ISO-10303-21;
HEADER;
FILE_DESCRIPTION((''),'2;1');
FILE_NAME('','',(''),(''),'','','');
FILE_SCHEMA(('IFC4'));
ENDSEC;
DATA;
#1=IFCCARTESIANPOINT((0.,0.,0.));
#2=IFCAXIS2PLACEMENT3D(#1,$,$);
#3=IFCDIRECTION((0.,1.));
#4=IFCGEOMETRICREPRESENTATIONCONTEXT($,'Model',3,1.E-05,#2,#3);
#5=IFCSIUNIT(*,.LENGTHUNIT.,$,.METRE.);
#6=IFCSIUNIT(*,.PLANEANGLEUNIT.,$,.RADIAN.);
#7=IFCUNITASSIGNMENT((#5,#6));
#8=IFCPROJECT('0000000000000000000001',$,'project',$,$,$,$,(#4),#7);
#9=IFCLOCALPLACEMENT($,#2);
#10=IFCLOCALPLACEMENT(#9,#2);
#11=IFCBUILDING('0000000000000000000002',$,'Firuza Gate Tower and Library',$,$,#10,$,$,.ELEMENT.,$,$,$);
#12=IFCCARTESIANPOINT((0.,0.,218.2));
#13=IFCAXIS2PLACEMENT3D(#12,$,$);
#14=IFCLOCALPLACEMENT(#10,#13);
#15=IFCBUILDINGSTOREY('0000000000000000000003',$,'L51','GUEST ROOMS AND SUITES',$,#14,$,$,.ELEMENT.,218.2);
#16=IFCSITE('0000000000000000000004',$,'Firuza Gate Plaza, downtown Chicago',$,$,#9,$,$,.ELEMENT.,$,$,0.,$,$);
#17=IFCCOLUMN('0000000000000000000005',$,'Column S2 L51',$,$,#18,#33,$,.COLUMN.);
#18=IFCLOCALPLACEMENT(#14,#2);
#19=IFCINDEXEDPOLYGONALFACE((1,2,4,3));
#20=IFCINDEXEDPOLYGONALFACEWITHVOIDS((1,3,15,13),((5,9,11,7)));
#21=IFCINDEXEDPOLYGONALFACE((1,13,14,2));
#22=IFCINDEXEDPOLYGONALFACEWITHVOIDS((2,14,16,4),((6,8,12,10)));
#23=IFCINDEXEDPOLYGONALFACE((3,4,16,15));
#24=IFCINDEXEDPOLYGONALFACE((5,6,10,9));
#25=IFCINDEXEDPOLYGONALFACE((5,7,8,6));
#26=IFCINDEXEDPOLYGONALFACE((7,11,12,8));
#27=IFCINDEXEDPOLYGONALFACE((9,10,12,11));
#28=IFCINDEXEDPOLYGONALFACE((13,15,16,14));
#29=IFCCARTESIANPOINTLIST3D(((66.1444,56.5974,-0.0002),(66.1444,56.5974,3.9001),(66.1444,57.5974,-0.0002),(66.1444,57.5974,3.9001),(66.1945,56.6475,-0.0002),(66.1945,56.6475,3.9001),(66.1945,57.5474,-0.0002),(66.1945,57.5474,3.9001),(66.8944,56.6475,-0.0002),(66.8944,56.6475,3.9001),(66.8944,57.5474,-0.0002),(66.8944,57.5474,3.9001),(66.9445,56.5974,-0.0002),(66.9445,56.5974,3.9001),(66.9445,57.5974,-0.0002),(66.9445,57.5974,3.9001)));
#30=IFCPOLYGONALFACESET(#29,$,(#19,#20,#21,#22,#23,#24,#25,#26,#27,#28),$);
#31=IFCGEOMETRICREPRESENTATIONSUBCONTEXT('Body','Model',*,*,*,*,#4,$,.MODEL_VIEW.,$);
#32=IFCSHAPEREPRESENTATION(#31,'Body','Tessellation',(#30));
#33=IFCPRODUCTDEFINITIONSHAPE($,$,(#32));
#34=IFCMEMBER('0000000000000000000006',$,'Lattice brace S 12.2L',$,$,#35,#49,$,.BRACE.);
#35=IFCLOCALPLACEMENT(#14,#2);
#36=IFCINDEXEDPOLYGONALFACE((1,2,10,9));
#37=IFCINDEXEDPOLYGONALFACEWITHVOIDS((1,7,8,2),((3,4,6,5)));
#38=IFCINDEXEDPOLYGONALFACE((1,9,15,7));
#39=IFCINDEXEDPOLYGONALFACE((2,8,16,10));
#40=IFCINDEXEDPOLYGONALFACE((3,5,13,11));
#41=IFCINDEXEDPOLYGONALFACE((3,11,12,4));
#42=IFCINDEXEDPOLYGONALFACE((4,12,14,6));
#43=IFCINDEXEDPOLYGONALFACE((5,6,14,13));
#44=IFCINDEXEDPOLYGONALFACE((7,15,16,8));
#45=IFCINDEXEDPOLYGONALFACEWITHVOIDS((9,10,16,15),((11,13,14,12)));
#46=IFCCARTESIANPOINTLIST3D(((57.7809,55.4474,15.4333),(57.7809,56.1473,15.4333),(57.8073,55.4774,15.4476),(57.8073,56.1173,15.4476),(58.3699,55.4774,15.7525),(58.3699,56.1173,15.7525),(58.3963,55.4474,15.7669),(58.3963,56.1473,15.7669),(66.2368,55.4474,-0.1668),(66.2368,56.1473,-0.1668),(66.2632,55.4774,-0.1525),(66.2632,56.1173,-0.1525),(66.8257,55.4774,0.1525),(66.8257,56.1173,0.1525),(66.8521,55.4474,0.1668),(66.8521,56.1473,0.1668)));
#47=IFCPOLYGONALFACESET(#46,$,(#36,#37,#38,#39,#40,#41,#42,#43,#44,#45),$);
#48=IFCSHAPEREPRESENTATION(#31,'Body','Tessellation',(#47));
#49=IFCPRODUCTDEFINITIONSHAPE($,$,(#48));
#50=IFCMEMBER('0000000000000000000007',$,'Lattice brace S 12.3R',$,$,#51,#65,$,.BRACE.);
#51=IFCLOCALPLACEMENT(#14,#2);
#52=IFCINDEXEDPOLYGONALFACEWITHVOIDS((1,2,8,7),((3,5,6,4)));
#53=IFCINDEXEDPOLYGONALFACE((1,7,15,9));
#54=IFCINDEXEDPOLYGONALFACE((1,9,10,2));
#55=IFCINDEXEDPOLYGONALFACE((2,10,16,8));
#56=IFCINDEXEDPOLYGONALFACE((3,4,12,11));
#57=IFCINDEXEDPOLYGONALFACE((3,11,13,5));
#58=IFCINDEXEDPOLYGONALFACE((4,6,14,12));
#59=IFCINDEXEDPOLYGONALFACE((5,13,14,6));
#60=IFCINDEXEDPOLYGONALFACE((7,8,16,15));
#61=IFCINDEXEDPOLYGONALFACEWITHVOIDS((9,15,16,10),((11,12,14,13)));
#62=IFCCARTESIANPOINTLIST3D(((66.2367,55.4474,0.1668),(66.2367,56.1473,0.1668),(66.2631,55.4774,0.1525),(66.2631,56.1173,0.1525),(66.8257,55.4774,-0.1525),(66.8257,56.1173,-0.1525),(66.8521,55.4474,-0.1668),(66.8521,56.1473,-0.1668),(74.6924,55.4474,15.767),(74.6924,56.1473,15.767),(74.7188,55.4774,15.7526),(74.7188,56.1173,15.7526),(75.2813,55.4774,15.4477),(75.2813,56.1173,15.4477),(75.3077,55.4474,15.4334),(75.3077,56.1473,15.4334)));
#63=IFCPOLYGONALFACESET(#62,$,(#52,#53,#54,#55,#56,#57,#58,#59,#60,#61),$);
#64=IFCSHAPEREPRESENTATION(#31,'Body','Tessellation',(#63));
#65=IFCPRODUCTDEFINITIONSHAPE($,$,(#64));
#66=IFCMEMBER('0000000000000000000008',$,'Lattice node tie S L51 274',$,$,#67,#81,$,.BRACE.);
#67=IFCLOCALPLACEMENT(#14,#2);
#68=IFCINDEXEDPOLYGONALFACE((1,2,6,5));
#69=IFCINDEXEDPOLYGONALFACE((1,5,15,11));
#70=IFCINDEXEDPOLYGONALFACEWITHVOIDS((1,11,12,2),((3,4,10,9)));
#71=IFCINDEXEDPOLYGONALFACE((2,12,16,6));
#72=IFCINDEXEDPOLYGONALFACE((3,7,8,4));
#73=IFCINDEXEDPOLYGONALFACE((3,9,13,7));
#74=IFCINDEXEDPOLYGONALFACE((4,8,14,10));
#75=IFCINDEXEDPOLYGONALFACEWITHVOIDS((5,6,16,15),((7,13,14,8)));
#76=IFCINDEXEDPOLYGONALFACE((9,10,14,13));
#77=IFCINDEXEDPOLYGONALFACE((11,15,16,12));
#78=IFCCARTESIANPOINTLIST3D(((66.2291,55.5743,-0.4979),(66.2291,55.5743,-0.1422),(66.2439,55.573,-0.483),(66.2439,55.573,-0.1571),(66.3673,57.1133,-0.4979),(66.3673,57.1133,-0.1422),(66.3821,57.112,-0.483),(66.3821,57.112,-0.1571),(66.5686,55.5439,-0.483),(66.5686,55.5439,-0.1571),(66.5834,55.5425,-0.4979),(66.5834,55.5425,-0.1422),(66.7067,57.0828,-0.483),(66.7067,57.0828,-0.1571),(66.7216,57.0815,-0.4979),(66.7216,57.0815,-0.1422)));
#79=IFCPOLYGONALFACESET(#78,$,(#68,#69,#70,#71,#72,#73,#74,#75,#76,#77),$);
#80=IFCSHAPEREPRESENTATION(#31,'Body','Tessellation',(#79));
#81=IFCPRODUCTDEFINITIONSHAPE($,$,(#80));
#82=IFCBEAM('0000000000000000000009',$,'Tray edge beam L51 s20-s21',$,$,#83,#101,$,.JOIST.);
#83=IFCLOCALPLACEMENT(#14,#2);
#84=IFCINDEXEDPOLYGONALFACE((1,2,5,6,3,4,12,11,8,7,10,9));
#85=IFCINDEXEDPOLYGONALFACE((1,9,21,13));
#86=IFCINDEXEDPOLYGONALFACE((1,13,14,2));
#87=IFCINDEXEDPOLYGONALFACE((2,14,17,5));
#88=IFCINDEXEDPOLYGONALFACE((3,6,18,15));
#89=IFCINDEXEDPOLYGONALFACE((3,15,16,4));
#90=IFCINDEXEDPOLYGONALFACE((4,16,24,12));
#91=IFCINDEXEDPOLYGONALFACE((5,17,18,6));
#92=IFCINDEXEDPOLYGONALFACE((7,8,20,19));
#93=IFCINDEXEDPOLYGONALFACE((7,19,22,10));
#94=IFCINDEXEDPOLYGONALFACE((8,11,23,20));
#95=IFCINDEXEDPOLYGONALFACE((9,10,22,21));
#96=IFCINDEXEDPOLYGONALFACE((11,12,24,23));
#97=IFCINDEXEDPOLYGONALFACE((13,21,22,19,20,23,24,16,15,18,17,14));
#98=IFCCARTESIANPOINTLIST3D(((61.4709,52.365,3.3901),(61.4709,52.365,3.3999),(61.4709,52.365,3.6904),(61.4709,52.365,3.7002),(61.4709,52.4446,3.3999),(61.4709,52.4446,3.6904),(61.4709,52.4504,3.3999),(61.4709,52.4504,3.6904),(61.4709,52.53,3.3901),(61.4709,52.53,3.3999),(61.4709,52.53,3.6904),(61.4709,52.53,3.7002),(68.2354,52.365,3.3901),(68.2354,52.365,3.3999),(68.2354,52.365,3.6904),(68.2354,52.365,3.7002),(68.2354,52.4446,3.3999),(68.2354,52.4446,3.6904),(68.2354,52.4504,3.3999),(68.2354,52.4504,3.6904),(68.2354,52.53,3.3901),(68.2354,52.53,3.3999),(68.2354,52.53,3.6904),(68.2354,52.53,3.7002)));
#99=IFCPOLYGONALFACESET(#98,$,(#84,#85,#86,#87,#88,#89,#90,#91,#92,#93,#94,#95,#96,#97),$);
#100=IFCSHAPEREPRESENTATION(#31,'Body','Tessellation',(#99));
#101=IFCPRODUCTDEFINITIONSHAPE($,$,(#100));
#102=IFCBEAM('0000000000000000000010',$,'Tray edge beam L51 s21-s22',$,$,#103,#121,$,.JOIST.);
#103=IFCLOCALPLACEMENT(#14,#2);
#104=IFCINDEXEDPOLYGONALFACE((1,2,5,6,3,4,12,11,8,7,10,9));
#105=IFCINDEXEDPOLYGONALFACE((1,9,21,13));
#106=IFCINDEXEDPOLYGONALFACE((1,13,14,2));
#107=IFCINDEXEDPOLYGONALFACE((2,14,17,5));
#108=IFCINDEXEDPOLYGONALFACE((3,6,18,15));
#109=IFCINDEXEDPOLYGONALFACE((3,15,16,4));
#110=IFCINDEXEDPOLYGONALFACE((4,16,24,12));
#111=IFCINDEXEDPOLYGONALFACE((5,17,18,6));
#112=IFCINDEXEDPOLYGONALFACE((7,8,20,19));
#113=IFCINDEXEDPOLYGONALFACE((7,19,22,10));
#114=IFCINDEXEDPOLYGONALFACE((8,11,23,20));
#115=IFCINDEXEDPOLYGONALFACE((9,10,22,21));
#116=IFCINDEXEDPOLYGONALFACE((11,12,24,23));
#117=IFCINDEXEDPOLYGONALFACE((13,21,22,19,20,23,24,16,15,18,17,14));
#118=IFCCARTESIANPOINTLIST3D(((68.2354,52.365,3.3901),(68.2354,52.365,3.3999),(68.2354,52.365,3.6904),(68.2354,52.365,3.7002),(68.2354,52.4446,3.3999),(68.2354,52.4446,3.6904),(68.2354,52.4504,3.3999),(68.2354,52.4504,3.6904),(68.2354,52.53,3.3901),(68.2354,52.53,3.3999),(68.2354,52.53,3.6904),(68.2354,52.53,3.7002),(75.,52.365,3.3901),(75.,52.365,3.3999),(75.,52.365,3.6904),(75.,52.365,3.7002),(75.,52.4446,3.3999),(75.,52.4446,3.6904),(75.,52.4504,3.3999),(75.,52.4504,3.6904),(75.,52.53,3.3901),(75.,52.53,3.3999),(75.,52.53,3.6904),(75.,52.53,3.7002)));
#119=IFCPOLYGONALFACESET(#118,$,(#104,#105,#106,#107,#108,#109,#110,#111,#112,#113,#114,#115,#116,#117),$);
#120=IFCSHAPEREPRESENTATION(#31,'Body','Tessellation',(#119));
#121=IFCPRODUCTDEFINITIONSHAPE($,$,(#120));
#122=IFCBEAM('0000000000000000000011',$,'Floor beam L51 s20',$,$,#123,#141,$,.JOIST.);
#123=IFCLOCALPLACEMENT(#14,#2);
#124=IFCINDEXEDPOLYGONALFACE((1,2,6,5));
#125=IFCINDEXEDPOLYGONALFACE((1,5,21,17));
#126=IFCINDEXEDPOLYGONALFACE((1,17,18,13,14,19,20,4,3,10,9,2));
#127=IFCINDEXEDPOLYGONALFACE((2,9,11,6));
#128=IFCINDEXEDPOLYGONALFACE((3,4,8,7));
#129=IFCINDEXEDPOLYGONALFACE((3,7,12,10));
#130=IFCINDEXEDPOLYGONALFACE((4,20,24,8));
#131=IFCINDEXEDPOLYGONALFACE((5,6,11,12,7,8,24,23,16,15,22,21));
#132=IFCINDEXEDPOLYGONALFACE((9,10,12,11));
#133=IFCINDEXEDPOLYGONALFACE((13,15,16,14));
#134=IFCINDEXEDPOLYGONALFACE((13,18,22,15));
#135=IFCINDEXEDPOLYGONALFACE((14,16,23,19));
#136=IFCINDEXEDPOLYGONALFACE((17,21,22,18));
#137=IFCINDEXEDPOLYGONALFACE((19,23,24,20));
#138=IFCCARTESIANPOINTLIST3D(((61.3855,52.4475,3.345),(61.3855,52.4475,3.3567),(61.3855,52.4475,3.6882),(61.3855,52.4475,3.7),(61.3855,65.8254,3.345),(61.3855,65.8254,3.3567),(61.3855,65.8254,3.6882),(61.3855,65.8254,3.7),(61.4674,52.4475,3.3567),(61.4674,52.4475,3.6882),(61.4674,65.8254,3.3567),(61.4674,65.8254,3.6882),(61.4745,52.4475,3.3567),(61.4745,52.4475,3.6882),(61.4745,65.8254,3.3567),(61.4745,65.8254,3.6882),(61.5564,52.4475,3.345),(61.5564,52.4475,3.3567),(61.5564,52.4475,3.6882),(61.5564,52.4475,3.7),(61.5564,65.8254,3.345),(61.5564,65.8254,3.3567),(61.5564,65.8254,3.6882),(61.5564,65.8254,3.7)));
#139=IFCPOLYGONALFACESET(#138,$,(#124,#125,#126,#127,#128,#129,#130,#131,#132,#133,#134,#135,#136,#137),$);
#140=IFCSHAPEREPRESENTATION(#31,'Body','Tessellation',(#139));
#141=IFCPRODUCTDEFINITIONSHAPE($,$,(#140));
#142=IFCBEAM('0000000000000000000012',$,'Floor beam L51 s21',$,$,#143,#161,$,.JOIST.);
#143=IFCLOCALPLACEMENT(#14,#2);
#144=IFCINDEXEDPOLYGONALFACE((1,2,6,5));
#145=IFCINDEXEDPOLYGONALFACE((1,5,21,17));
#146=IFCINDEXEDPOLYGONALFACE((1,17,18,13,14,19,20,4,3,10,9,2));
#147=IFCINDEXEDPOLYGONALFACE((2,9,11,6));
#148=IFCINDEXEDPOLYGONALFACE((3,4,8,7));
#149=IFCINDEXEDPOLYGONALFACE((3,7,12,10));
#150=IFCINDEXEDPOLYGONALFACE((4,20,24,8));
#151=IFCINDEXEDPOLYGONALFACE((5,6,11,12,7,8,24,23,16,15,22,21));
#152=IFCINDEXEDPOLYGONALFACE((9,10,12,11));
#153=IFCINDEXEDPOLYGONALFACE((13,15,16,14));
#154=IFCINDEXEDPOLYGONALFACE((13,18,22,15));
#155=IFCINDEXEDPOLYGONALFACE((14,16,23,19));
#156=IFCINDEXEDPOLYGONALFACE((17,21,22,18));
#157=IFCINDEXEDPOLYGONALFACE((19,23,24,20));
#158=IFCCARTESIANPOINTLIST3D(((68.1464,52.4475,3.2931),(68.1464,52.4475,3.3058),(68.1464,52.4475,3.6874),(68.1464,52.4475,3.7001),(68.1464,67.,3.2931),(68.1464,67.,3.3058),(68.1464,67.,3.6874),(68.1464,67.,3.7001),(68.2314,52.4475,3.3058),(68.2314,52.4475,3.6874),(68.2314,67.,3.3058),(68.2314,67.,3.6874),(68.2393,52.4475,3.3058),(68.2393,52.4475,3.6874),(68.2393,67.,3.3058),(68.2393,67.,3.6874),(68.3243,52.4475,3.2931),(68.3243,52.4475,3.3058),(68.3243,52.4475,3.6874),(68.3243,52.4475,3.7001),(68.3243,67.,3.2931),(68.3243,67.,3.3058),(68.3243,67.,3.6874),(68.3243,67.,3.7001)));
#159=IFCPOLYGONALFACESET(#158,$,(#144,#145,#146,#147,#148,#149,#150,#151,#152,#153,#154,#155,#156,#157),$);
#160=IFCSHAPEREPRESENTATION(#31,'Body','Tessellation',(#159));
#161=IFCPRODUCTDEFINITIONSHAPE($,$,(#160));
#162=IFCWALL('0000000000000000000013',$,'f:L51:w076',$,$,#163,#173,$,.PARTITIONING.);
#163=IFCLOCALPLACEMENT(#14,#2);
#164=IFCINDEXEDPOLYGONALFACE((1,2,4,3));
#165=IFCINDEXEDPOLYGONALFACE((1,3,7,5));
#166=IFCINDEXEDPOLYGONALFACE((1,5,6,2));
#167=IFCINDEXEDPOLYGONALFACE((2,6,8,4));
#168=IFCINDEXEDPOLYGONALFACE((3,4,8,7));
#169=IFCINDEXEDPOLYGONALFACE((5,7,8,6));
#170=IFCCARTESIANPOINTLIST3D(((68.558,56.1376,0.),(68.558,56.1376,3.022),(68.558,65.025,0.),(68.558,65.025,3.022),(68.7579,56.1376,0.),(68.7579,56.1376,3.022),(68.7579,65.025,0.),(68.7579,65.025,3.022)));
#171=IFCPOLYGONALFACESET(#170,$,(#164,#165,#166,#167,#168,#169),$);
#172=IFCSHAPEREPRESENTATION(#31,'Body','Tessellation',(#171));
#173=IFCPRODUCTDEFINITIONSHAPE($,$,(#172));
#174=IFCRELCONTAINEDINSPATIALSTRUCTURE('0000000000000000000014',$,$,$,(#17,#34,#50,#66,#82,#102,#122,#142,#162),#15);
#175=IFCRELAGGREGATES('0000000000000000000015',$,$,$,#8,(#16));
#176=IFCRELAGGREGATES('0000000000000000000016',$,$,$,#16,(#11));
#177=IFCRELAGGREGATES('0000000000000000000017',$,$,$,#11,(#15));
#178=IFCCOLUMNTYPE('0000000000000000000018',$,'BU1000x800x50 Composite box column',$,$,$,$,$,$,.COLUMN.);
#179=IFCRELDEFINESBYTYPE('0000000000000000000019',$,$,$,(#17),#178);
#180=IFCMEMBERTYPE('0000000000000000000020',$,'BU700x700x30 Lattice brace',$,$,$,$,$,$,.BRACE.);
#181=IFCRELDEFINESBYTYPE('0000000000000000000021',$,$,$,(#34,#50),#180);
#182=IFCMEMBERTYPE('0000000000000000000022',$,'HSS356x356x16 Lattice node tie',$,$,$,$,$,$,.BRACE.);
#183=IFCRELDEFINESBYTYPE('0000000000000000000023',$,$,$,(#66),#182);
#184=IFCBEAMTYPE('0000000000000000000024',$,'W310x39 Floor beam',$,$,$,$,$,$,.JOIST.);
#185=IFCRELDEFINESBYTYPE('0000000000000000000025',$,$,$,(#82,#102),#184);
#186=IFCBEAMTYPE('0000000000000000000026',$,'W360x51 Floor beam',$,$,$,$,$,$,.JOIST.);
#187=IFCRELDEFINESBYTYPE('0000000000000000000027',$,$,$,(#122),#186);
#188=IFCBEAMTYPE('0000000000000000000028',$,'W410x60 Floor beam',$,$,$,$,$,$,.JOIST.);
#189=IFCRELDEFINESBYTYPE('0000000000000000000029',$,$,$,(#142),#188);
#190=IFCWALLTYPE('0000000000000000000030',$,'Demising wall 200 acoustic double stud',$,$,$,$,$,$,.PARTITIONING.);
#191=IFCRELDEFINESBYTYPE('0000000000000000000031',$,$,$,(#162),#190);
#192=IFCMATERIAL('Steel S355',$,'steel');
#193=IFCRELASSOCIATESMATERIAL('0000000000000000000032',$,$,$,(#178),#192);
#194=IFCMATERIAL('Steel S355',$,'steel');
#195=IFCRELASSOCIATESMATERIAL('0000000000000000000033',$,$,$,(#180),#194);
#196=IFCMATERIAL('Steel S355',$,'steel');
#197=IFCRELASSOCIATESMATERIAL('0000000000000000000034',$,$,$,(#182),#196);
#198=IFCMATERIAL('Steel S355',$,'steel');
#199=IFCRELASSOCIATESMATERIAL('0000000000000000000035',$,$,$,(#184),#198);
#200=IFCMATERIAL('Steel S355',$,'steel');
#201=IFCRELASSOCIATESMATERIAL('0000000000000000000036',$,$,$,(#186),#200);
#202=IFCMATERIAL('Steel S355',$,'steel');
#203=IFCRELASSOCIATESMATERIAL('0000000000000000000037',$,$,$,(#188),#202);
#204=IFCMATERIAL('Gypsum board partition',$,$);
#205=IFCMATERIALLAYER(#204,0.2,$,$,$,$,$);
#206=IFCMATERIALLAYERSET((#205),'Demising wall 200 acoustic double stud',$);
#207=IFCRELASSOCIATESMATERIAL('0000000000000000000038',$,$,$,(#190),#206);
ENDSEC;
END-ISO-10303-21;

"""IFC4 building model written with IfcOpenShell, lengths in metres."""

from ifc_helpers import new_model, si_unit, direction, frame, frame_2d, origin, origin_2d, place, context, subcontext, project, spatial, rectangle, hollow_rectangle, i_section, extrude, material, layer, layer_set, material_profile, profile_set, type_object, element, save


model = new_model("IFC4")

# Units and contexts
model_context = context("Model", 3, precision=1e-05, world=origin(), true_north=direction((0.0, 1.0)))
body_context = subcontext(model_context, "Body", "Model", "MODEL_VIEW")
ifc_project = project(units=[si_unit("LENGTHUNIT", "METRE"), si_unit("PLANEANGLEUNIT", "RADIAN")], contexts=[model_context])

# Site, building, storey
site_placement = place(None, origin())
site = spatial("IfcSite", under=ifc_project, at=site_placement, Name="Firuza Gate Plaza, downtown Chicago", CompositionType="ELEMENT", RefElevation=0.0)
building_placement = place(site_placement, origin())
building = spatial("IfcBuilding", under=site, at=building_placement, Name="Firuza Gate Tower and Library", CompositionType="ELEMENT")
storey_placement = place(building_placement, frame((0.0, 0.0, 218.2)))
storey = spatial("IfcBuildingStorey", under=building, at=storey_placement, Name="L51", Description="GUEST ROOMS AND SUITES", CompositionType="ELEMENT", Elevation=218.2)

# Column
ifc_material_1 = material(Name="Steel S355", Category="steel")
ifc_material_profile_1 = material_profile(ifc_material_1, hollow_rectangle(XDim=0.8, YDim=1.0, WallThickness=0.05, at=origin_2d()))
ifc_profile_set_1 = profile_set([ifc_material_profile_1], Name="Steel S355")
column_type = type_object("IfcColumnType", Name="BU1000x800x50 Composite box column", PredefinedType="COLUMN", material=ifc_profile_set_1)
column_placement = place(storey_placement, frame((66.5444, 57.0974, -0.0002), z_axis=(0.0, 0.0, 1.0), x_axis=(1.0, 0.0, 0.0)))
element("IfcColumn", 1, at=column_placement, inside=storey, type_object=column_type, Name="Column S2 L51", PredefinedType="COLUMN", context=body_context, shape_type="SweptSolid", body=[
    extrude(hollow_rectangle(XDim=0.8, YDim=1.0, WallThickness=0.05, at=origin_2d()), origin(), (0.0, 0.0, 1.0), 3.9004),
])

# Members
ifc_material_2 = material(Name="Steel S355", Category="steel")
ifc_material_profile_2 = material_profile(ifc_material_2, hollow_rectangle(XDim=0.7, YDim=0.7, WallThickness=0.03, at=origin_2d()))
ifc_profile_set_2 = profile_set([ifc_material_profile_2], Name="Steel S355")
member_type_1 = type_object("IfcMemberType", Name="BU700x700x30 Lattice brace", PredefinedType="BRACE", material=ifc_profile_set_2)
for number, where, z_axis, x_axis, name in (
    (2, (66.5444, 55.7974, 0.0), (-0.476534, 0.0, 0.879156), (0.0, -1.0, 0.0), "Lattice brace S 12.2L"),
    (3, (66.5444, 55.7974, 0.0), (0.476523, 0.0, 0.879162), (0.0, 1.0, 0.0), "Lattice brace S 12.3R"),
):
    element("IfcMember", number, at=place(storey_placement, frame(where, z_axis=z_axis, x_axis=x_axis)), inside=storey, type_object=member_type_1, Name=name, PredefinedType="BRACE", context=body_context, shape_type="SweptSolid", body=[
        extrude(hollow_rectangle(XDim=0.7, YDim=0.7, WallThickness=0.03, at=origin_2d()), origin(), (0.0, 0.0, 1.0), 17.7444),
    ])
ifc_material_3 = material(Name="Steel S355", Category="steel")
ifc_material_profile_3 = material_profile(ifc_material_3, hollow_rectangle(XDim=0.3557, YDim=0.3557, WallThickness=0.0149, at=origin_2d()))
ifc_profile_set_3 = profile_set([ifc_material_profile_3], Name="Steel S355")
member_type_2 = type_object("IfcMemberType", Name="HSS356x356x16 Lattice node tie", PredefinedType="BRACE", material=ifc_profile_set_3)
member_placement = place(storey_placement, frame((66.5444, 57.0974, -0.3201), z_axis=(-0.089425, -0.995994, 0.0), x_axis=(0.995994, -0.089425, 0.0)))
element("IfcMember", 4, at=member_placement, inside=storey, type_object=member_type_2, Name="Lattice node tie S L51 274", PredefinedType="BRACE", context=body_context, shape_type="SweptSolid", body=[
    extrude(hollow_rectangle(XDim=0.3557, YDim=0.3557, WallThickness=0.0149, at=origin_2d()), origin(), (0.0, 0.0, 1.0), 1.5452),
])

# Beams
ifc_material_4 = material(Name="Steel S355", Category="steel")
ifc_material_profile_4 = material_profile(ifc_material_4, i_section(OverallWidth=0.165, OverallDepth=0.3101, WebThickness=0.0059, FlangeThickness=0.0098, at=origin_2d()))
ifc_profile_set_4 = profile_set([ifc_material_profile_4], Name="Steel S355")
beam_type_1 = type_object("IfcBeamType", Name="W310x39 Floor beam", PredefinedType="JOIST", material=ifc_profile_set_4)
beam_1_placement = place(storey_placement, frame((61.4709, 52.4475, 3.5452), z_axis=(1.0, 0.0, 0.0), x_axis=(0.0, 1.0, 0.0)))
element("IfcBeam", 5, at=beam_1_placement, inside=storey, type_object=beam_type_1, Name="Tray edge beam L51 s20-s21", PredefinedType="JOIST", context=body_context, shape_type="SweptSolid", body=[
    extrude(i_section(OverallWidth=0.165, OverallDepth=0.3101, WebThickness=0.0059, FlangeThickness=0.0098, at=origin_2d()), origin(), (0.0, 0.0, 1.0), 6.7644),
])
beam_2_placement = place(storey_placement, frame((68.2354, 52.4475, 3.5452), z_axis=(1.0, 0.0, 0.0), x_axis=(0.0, 1.0, 0.0)))
element("IfcBeam", 6, at=beam_2_placement, inside=storey, type_object=beam_type_1, Name="Tray edge beam L51 s21-s22", PredefinedType="JOIST", context=body_context, shape_type="SweptSolid", body=[
    extrude(i_section(OverallWidth=0.165, OverallDepth=0.3101, WebThickness=0.0059, FlangeThickness=0.0098, at=origin_2d()), origin(), (0.0, 0.0, 1.0), 6.7646),
])
ifc_material_5 = material(Name="Steel S355", Category="steel")
ifc_material_profile_5 = material_profile(ifc_material_5, i_section(OverallWidth=0.1709, OverallDepth=0.355, WebThickness=0.0071, FlangeThickness=0.0117, at=origin_2d()))
ifc_profile_set_5 = profile_set([ifc_material_profile_5], Name="Steel S355")
beam_type_2 = type_object("IfcBeamType", Name="W360x51 Floor beam", PredefinedType="JOIST", material=ifc_profile_set_5)
beam_3_placement = place(storey_placement, frame((61.4709, 52.4475, 3.5225), z_axis=(0.0, 1.0, 0.0), x_axis=(-1.0, 0.0, 0.0)))
element("IfcBeam", 7, at=beam_3_placement, inside=storey, type_object=beam_type_2, Name="Floor beam L51 s20", PredefinedType="JOIST", context=body_context, shape_type="SweptSolid", body=[
    extrude(i_section(OverallWidth=0.1709, OverallDepth=0.355, WebThickness=0.0071, FlangeThickness=0.0117, at=origin_2d()), origin(), (0.0, 0.0, 1.0), 13.3779),
])
ifc_material_6 = material(Name="Steel S355", Category="steel")
ifc_material_profile_6 = material_profile(ifc_material_6, i_section(OverallWidth=0.178, OverallDepth=0.407, WebThickness=0.0078, FlangeThickness=0.0127, at=origin_2d()))
ifc_profile_set_6 = profile_set([ifc_material_profile_6], Name="Steel S355")
beam_type_3 = type_object("IfcBeamType", Name="W410x60 Floor beam", PredefinedType="JOIST", material=ifc_profile_set_6)
beam_4_placement = place(storey_placement, frame((68.2354, 52.4475, 3.4966), z_axis=(0.0, 1.0, 0.0), x_axis=(-1.0, 0.0, 0.0)))
element("IfcBeam", 8, at=beam_4_placement, inside=storey, type_object=beam_type_3, Name="Floor beam L51 s21", PredefinedType="JOIST", context=body_context, shape_type="SweptSolid", body=[
    extrude(i_section(OverallWidth=0.178, OverallDepth=0.407, WebThickness=0.0078, FlangeThickness=0.0127, at=origin_2d()), origin(), (0.0, 0.0, 1.0), 14.5525),
])

# Wall
ifc_material_7 = material(Name="Gypsum board partition")
ifc_layer_1 = layer(ifc_material_7, 0.2)
ifc_layer_set_1 = layer_set([ifc_layer_1], Name="Demising wall 200 acoustic double stud")
wall_type_1 = type_object("IfcWallType", Name="Demising wall 200 acoustic double stud", PredefinedType="PARTITIONING", material=ifc_layer_set_1)
for number, where, z_axis, x_axis, name in (
    (9, (68.658, 56.1375, 0.0), (0.0, 0.0, 1.0), (0.0, 1.0, 0.0), "f:L51:w076"),
):
    element("IfcWall", number, at=place(storey_placement, frame(where, z_axis=z_axis, x_axis=x_axis)), inside=storey, type_object=wall_type_1, Name=name, PredefinedType="PARTITIONING", context=body_context, shape_type="SweptSolid", body=[
        extrude(rectangle(XDim=8.8875, YDim=0.2, at=frame_2d((4.4438, 0.0))), origin(), (0.0, 0.0, 1.0), 3.022),
    ])

save(model, "model.ifc")
